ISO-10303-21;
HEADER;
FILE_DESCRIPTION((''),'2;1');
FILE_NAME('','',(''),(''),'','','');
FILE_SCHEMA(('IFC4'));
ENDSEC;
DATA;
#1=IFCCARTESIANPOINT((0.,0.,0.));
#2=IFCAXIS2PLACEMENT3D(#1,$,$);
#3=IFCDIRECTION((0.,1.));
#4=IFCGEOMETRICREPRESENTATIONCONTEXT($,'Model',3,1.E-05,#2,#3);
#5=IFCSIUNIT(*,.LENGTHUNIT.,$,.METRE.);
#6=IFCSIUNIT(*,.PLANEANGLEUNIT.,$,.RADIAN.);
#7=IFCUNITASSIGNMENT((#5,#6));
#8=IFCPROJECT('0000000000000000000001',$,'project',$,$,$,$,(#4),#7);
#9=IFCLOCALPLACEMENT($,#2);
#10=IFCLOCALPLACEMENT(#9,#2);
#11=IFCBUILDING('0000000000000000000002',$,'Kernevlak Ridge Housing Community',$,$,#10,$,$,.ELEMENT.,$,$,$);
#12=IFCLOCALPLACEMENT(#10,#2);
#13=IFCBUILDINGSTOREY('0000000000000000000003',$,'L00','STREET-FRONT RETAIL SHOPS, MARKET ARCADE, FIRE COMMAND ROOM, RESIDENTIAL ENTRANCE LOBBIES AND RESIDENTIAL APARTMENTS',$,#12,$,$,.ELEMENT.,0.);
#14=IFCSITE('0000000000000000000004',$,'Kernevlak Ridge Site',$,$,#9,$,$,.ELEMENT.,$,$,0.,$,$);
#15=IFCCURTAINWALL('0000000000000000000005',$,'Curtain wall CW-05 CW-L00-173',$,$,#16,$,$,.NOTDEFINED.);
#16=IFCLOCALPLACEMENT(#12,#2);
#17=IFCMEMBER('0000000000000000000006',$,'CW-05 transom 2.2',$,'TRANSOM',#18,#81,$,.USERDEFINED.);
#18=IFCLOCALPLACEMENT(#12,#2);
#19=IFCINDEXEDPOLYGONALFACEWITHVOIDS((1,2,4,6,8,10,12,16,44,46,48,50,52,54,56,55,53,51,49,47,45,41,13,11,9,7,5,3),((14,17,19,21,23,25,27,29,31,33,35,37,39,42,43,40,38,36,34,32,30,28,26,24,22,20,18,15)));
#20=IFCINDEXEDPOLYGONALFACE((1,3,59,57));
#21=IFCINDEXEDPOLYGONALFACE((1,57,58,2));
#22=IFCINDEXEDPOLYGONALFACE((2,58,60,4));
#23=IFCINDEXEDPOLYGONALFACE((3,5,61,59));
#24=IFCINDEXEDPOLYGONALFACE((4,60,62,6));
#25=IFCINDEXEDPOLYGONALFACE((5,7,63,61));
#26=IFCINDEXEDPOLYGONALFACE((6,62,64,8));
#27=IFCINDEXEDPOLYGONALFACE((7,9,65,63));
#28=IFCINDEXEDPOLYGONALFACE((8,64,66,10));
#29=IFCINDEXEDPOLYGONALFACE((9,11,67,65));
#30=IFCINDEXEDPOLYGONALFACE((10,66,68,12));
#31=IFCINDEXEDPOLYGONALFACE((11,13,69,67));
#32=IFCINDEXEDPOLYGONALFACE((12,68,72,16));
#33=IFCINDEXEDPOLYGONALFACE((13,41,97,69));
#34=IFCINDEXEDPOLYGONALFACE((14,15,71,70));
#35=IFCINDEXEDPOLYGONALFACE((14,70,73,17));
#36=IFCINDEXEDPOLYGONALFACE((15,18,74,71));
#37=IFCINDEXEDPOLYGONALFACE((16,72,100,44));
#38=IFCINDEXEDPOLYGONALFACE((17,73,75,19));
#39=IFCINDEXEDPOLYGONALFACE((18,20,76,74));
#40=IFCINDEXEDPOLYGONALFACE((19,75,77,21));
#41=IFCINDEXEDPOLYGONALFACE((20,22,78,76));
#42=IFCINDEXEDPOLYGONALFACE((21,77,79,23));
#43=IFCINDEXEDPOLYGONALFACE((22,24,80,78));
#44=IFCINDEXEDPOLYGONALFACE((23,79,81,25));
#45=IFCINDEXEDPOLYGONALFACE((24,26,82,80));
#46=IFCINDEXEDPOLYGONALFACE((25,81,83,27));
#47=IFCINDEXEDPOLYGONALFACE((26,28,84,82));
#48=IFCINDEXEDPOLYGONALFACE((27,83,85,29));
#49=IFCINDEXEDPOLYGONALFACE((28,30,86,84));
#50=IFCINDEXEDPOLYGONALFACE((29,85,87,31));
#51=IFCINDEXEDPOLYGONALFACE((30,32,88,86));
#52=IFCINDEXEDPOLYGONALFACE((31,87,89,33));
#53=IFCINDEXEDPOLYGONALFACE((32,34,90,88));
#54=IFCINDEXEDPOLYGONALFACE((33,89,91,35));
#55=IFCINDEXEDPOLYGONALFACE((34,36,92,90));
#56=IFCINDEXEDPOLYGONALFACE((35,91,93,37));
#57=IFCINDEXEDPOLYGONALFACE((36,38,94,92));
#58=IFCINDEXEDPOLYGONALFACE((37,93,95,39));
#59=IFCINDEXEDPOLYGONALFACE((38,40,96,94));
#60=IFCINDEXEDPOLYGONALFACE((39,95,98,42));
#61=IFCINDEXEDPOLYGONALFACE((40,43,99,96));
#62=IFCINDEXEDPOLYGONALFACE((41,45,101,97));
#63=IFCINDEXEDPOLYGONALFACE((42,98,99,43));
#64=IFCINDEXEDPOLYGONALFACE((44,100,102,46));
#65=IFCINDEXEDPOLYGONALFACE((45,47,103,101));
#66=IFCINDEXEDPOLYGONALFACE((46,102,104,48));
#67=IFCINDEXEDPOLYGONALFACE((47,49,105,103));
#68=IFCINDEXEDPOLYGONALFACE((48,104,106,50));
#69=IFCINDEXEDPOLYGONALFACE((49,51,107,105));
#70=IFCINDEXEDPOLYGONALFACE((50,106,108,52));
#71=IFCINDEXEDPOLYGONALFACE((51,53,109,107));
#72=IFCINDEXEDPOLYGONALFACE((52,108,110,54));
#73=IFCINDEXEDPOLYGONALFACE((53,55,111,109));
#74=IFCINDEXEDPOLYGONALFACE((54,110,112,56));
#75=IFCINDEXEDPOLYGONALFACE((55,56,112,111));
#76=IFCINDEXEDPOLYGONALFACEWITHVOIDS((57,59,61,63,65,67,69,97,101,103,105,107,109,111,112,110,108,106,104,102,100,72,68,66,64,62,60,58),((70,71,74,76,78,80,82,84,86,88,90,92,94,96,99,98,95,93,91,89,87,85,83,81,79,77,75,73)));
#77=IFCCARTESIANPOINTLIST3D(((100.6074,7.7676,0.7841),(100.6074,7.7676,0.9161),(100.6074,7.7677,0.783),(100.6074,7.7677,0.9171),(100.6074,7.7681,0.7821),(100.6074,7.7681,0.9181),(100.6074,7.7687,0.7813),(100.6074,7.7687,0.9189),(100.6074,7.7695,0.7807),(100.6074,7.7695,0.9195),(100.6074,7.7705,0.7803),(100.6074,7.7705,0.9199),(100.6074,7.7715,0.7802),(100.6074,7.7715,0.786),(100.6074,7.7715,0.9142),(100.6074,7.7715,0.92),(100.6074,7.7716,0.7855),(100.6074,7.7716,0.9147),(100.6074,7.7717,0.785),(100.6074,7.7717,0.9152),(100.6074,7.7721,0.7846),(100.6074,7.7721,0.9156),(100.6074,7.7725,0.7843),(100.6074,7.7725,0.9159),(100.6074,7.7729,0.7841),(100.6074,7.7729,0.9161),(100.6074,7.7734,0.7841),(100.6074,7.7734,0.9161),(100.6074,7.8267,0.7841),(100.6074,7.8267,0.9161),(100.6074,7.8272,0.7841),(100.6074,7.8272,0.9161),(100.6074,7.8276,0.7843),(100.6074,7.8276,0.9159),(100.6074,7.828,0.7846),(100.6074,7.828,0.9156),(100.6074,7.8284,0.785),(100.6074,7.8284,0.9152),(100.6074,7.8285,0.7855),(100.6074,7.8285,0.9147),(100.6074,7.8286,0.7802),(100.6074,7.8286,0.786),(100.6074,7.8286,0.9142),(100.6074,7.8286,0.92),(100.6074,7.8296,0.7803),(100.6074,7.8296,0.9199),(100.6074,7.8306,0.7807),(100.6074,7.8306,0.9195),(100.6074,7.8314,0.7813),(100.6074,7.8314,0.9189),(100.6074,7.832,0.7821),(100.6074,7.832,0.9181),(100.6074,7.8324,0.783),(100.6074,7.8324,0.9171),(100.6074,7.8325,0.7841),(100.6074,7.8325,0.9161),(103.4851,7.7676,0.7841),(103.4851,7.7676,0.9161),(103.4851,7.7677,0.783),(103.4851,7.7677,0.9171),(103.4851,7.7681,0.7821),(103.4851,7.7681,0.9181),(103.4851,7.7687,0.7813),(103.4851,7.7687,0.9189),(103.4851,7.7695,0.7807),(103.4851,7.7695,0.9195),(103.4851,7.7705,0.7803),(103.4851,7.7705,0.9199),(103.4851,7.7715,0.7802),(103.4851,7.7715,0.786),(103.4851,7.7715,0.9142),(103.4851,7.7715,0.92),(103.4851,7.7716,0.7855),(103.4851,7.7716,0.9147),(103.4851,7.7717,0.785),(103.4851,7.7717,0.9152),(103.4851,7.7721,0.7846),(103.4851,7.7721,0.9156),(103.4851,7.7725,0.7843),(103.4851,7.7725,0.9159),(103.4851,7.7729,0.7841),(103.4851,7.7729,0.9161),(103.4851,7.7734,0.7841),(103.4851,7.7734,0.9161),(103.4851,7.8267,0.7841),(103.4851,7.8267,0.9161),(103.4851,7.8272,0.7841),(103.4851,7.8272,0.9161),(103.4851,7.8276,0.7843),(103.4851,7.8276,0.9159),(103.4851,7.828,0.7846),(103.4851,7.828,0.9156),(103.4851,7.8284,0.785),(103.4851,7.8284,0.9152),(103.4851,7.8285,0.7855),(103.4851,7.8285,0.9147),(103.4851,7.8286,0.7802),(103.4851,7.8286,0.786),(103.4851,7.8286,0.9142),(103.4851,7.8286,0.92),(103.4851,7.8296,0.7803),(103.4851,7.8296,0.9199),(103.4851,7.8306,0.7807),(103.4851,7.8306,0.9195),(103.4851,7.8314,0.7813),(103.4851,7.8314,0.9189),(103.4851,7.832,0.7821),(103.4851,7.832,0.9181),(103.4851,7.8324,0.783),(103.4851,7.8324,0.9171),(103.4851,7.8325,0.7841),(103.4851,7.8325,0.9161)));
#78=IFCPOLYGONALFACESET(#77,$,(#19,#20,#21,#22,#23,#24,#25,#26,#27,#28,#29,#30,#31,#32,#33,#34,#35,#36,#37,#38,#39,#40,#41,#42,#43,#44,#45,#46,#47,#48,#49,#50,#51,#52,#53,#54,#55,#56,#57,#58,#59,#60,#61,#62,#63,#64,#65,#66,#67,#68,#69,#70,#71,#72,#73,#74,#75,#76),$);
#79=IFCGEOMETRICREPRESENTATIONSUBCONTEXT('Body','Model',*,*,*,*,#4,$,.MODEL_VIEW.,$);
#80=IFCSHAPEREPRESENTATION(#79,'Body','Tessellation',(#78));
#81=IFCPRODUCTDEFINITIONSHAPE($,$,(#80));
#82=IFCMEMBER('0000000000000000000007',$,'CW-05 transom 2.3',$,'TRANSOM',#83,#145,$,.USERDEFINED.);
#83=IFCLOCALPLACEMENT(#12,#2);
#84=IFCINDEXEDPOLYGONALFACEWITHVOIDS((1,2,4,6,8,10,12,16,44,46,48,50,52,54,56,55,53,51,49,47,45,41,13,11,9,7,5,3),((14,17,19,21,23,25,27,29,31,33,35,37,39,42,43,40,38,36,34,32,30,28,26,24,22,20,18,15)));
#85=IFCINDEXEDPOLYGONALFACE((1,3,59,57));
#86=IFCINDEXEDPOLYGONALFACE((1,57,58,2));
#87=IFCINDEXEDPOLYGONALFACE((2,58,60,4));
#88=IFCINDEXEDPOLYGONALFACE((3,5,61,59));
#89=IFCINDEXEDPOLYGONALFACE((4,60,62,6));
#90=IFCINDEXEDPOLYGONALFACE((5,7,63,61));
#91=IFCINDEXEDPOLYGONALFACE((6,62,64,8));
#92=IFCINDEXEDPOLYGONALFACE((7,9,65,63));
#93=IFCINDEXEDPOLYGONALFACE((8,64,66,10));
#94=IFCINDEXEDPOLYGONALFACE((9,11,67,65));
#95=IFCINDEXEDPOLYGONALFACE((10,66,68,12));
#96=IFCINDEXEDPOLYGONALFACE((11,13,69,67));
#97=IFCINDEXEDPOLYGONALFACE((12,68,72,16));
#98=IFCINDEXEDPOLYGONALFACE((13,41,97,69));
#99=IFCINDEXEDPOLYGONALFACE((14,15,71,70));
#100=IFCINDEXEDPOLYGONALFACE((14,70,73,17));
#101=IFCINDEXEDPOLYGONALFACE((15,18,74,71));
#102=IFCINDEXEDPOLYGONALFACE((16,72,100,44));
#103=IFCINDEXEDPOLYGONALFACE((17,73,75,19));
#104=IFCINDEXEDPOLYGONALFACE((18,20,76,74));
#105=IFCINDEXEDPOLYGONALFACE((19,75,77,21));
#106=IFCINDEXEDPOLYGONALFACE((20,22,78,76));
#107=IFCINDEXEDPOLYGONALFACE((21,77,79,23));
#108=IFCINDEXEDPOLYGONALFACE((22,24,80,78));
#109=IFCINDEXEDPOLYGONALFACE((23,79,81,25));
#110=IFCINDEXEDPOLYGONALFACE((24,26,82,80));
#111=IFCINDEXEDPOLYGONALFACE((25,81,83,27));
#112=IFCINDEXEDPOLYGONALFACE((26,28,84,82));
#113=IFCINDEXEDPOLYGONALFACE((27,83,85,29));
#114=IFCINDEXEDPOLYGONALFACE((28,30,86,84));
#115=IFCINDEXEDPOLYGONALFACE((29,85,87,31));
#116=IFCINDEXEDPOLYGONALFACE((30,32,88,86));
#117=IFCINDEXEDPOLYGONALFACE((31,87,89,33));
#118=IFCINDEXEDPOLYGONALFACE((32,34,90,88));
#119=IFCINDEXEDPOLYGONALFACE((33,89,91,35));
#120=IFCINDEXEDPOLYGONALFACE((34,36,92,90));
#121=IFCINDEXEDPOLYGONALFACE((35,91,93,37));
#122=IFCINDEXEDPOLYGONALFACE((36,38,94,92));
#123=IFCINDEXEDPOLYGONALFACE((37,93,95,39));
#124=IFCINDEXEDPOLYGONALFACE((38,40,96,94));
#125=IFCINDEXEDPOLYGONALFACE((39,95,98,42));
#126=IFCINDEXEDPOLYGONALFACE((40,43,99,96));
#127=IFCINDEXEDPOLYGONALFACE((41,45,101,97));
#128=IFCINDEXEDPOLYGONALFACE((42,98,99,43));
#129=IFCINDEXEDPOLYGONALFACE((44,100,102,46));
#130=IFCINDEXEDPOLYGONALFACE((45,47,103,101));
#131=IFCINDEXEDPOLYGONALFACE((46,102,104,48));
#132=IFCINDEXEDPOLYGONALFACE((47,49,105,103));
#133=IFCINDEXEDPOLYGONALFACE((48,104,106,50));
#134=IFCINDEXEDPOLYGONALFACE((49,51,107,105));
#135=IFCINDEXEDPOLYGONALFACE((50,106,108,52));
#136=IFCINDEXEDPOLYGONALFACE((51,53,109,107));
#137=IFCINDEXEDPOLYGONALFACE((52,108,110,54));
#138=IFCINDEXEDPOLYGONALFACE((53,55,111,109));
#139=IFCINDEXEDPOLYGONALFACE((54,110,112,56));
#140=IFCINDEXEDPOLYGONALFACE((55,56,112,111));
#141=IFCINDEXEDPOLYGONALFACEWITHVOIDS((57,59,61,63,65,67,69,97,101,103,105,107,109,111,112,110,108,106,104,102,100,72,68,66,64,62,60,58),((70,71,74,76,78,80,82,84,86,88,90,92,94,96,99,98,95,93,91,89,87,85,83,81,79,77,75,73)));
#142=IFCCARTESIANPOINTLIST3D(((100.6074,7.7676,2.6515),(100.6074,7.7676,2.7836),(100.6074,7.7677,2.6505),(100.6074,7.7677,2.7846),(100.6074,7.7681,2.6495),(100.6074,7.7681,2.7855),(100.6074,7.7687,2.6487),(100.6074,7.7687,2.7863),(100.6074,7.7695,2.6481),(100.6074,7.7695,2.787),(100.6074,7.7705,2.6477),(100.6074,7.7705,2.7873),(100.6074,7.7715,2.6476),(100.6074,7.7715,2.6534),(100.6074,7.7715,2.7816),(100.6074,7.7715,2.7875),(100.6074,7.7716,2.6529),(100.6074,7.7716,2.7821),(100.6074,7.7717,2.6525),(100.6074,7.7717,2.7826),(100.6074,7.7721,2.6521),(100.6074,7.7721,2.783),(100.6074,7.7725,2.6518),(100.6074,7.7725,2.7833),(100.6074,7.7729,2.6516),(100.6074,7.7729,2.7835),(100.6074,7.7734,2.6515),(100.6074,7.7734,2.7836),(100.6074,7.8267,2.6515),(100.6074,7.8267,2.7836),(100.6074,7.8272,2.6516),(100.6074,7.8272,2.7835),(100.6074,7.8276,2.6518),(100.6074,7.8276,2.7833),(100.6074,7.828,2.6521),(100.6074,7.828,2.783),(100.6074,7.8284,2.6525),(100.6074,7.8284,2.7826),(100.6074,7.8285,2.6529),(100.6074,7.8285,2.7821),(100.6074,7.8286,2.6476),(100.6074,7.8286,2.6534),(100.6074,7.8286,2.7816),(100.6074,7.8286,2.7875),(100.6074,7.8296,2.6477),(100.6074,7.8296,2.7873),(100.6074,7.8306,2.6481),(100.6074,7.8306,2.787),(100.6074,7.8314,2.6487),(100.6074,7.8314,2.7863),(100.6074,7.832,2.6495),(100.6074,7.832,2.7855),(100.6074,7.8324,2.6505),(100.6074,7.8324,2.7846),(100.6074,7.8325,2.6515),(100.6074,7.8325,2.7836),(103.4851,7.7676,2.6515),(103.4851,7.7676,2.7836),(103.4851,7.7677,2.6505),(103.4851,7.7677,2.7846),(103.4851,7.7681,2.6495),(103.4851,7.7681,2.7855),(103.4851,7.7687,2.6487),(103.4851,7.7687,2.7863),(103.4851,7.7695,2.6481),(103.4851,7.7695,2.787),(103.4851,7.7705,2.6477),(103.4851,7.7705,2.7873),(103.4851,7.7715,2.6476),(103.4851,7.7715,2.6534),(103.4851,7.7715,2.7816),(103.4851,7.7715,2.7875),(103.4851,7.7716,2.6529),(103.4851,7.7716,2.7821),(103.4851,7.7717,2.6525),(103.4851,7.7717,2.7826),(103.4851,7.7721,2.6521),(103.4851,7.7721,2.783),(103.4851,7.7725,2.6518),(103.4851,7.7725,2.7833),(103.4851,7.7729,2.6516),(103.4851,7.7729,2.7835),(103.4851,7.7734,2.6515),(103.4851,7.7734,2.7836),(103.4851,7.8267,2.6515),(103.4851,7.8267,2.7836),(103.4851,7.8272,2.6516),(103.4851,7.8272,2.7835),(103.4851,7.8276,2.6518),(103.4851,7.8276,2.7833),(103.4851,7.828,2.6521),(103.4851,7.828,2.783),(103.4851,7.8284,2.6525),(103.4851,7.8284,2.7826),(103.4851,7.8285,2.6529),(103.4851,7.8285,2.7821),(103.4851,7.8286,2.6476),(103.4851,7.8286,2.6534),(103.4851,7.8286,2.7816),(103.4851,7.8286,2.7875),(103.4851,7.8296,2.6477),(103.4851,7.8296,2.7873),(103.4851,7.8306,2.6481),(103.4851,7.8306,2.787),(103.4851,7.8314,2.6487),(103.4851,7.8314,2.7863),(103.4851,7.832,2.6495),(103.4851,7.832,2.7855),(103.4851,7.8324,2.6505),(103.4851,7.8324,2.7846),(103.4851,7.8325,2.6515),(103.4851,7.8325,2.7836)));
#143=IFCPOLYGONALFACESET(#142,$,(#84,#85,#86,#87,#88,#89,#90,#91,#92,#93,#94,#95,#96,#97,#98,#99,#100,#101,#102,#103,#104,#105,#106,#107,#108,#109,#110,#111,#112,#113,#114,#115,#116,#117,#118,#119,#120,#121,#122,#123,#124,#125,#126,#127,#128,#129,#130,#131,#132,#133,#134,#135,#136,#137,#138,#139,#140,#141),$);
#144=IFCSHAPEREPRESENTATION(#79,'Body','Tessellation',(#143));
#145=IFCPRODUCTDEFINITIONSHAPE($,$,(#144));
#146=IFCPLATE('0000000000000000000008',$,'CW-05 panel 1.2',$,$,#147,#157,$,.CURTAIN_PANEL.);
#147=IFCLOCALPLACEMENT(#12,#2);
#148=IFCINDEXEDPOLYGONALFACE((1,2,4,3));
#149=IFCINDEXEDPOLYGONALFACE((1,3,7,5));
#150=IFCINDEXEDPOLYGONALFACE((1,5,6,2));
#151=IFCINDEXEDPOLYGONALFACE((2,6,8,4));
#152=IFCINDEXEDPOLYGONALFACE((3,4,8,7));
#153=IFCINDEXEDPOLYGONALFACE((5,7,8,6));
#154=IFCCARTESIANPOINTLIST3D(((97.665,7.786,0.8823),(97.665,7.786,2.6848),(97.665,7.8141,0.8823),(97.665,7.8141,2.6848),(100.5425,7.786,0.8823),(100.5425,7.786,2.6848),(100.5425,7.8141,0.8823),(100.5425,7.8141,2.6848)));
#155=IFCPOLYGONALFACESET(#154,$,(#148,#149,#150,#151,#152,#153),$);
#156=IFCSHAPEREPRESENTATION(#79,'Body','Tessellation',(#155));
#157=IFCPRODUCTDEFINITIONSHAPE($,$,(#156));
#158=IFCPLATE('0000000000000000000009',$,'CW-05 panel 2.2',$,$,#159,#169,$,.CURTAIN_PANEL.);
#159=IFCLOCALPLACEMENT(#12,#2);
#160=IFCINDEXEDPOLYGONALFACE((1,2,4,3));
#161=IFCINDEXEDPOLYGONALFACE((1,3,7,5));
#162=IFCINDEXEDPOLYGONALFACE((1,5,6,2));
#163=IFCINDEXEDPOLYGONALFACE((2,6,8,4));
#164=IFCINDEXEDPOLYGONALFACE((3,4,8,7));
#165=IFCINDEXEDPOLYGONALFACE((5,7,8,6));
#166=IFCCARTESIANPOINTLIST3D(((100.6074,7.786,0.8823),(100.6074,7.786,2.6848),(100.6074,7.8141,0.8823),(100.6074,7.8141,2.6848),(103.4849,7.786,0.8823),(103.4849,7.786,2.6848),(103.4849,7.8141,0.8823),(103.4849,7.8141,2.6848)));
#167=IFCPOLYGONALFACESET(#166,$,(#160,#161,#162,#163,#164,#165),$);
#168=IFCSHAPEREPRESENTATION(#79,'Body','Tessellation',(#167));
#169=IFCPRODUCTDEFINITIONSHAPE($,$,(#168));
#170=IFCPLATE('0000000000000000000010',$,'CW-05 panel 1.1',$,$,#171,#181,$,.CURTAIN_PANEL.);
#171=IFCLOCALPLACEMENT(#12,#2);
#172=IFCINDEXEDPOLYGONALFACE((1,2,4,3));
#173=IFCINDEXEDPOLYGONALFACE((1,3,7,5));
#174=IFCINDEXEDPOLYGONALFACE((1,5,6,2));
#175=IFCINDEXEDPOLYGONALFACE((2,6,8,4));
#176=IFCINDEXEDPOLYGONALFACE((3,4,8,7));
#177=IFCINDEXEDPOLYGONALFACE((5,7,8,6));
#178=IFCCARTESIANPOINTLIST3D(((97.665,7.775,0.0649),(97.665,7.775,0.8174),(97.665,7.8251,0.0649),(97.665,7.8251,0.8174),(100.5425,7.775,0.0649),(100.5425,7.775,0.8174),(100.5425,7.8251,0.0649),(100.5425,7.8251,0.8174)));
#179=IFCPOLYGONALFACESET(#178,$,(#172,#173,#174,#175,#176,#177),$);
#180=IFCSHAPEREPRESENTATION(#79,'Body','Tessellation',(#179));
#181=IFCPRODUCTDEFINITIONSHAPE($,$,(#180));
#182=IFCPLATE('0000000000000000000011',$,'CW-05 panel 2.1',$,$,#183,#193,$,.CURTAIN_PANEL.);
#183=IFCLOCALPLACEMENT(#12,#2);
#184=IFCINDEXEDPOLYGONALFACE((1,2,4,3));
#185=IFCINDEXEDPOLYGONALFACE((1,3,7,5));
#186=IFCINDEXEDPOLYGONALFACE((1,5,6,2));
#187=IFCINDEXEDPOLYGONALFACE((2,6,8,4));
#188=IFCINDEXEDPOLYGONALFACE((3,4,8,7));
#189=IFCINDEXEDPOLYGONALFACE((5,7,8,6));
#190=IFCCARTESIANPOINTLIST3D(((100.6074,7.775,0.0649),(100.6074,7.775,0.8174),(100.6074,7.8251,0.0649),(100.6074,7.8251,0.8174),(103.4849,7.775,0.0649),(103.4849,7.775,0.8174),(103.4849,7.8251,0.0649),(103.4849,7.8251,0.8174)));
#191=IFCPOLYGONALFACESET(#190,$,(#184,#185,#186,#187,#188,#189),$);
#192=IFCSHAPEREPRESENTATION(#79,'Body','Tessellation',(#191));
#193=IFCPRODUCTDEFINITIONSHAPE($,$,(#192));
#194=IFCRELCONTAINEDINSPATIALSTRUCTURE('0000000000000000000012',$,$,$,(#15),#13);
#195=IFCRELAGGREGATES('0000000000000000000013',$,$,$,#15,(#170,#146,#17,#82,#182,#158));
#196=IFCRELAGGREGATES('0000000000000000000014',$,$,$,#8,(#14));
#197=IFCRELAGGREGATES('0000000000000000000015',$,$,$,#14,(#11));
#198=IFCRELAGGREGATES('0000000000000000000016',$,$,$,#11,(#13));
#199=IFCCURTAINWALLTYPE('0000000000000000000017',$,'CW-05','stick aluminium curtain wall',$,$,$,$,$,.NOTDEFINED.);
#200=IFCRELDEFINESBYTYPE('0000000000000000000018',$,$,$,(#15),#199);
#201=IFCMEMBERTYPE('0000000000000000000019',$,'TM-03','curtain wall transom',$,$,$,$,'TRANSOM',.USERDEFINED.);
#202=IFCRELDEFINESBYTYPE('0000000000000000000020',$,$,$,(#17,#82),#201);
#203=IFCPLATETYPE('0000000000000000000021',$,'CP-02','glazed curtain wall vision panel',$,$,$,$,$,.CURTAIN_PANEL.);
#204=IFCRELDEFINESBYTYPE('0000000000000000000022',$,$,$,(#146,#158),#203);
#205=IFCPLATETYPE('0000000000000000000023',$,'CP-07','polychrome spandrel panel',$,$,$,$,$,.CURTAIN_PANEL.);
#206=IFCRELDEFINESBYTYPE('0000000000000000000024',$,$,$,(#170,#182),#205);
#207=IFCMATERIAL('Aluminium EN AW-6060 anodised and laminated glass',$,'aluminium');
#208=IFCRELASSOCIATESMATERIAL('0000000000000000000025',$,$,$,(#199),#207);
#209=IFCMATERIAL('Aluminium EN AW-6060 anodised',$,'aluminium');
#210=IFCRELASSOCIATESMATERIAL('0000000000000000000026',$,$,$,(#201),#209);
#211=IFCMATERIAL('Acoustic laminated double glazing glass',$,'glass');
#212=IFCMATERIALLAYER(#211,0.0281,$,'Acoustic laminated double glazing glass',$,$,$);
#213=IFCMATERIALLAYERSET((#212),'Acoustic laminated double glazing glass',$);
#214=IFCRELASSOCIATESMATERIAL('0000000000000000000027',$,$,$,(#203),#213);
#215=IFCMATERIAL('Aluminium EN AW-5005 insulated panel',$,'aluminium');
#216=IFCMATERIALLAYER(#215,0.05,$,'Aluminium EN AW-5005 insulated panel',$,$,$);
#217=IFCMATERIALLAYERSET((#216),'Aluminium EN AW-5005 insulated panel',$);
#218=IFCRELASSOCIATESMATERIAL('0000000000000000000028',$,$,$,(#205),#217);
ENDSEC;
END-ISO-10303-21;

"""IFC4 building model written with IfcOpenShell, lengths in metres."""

from ifc_helpers import new_model, si_unit, direction, frame, origin, origin_2d, place, context, subcontext, project, spatial, rectangle, hollow_rectangle, extrude, material, layer, layer_set, material_profile, profile_set, type_object, element, aggregate, save


model = new_model("IFC4")

# Units and contexts
model_context = context("Model", 3, precision=1e-05, world=origin(), true_north=direction((0.0, 1.0)))
body_context = subcontext(model_context, "Body", "Model", "MODEL_VIEW")
ifc_project = project(units=[si_unit("LENGTHUNIT", "METRE"), si_unit("PLANEANGLEUNIT", "RADIAN")], contexts=[model_context])

# Site, building, storey
site_placement = place(None, origin())
site = spatial("IfcSite", under=ifc_project, at=site_placement, Name="Kernevlak Ridge Site", CompositionType="ELEMENT", RefElevation=0.0)
building_placement = place(site_placement, origin())
building = spatial("IfcBuilding", under=site, at=building_placement, Name="Kernevlak Ridge Housing Community", CompositionType="ELEMENT")
storey_placement = place(building_placement, origin())
storey = spatial("IfcBuildingStorey", under=building, at=storey_placement, Name="L00", Description="STREET-FRONT RETAIL SHOPS, MARKET ARCADE, FIRE COMMAND ROOM, RESIDENTIAL ENTRANCE LOBBIES AND RESIDENTIAL APARTMENTS", CompositionType="ELEMENT", Elevation=0.0)

# Curtain wall
ifc_material_1 = material(Name="Aluminium EN AW-6060 anodised and laminated glass", Category="aluminium")
curtain_wall_type = type_object("IfcCurtainWallType", Name="CW-05", Description="stick aluminium curtain wall", PredefinedType="NOTDEFINED", material=ifc_material_1)
curtain_wall_placement = place(storey_placement, origin())
curtain_wall = element("IfcCurtainWall", 1, at=curtain_wall_placement, inside=storey, type_object=curtain_wall_type, Name="Curtain wall CW-05 CW-L00-173", PredefinedType="NOTDEFINED")
ifc_material_2 = material(Name="Aluminium EN AW-6060 anodised", Category="aluminium")

# Members
ifc_material_profile_1 = material_profile(ifc_material_2, hollow_rectangle(XDim=0.0649, YDim=0.1399, WallThickness=0.0039, InnerFilletRadius=0.002, OuterFilletRadius=0.0039, at=origin_2d()), Name="ALU 65x140x4")
ifc_profile_set_1 = profile_set([ifc_material_profile_1], Name="Aluminium EN AW-6060 anodised")
member_type_1 = type_object("IfcMemberType", Name="TM-03", Description="curtain wall transom", ElementType="TRANSOM", PredefinedType="USERDEFINED", material=ifc_profile_set_1)
member_1_placement = place(storey_placement, frame((100.6074, 7.8, 0.8501), z_axis=(1.0, 0.0, 0.0), x_axis=(0.0, 1.0, 0.0)))
member_1 = element("IfcMember", 2, at=member_1_placement, type_object=member_type_1, Name="CW-05 transom 2.2", ObjectType="TRANSOM", PredefinedType="USERDEFINED", context=body_context, shape_type="SweptSolid", body=[
    extrude(hollow_rectangle(XDim=0.0649, YDim=0.1399, WallThickness=0.0039, InnerFilletRadius=0.002, OuterFilletRadius=0.0039, at=origin_2d()), origin(), (0.0, 0.0, 1.0), 2.8777),
])
member_2_placement = place(storey_placement, frame((100.6074, 7.8, 2.7175), z_axis=(1.0, 0.0, 0.0), x_axis=(0.0, 1.0, 0.0)))
member_2 = element("IfcMember", 3, at=member_2_placement, type_object=member_type_1, Name="CW-05 transom 2.3", ObjectType="TRANSOM", PredefinedType="USERDEFINED", context=body_context, shape_type="SweptSolid", body=[
    extrude(hollow_rectangle(XDim=0.0649, YDim=0.1399, WallThickness=0.0039, InnerFilletRadius=0.002, OuterFilletRadius=0.0039, at=origin_2d()), origin(), (0.0, 0.0, 1.0), 2.8777),
])

# Plates
ifc_material_3 = material(Name="Acoustic laminated double glazing glass", Category="glass")
ifc_layer_1 = layer(ifc_material_3, 0.0281, Name="Acoustic laminated double glazing glass")
ifc_layer_set_1 = layer_set([ifc_layer_1], Name="Acoustic laminated double glazing glass")
plate_type_1 = type_object("IfcPlateType", Name="CP-02", Description="glazed curtain wall vision panel", PredefinedType="CURTAIN_PANEL", material=ifc_layer_set_1)
plate_1_placement = place(storey_placement, frame((99.1038, 7.8, 0.8823), z_axis=(0.0, 0.0, 1.0), x_axis=(1.0, 0.0, 0.0)))
plate_1 = element("IfcPlate", 4, at=plate_1_placement, type_object=plate_type_1, Name="CW-05 panel 1.2", PredefinedType="CURTAIN_PANEL", context=body_context, shape_type="SweptSolid", body=[
    extrude(rectangle(XDim=2.8774, YDim=0.0281, at=origin_2d()), origin(), (0.0, 0.0, 1.0), 1.8025),
])
plate_2_placement = place(storey_placement, frame((102.0461, 7.8, 0.8823), z_axis=(0.0, 0.0, 1.0), x_axis=(1.0, 0.0, 0.0)))
plate_2 = element("IfcPlate", 5, at=plate_2_placement, type_object=plate_type_1, Name="CW-05 panel 2.2", PredefinedType="CURTAIN_PANEL", context=body_context, shape_type="SweptSolid", body=[
    extrude(rectangle(XDim=2.8774, YDim=0.0281, at=origin_2d()), origin(), (0.0, 0.0, 1.0), 1.8025),
])
ifc_material_4 = material(Name="Aluminium EN AW-5005 insulated panel", Category="aluminium")
ifc_layer_2 = layer(ifc_material_4, 0.05, Name="Aluminium EN AW-5005 insulated panel")
ifc_layer_set_2 = layer_set([ifc_layer_2], Name="Aluminium EN AW-5005 insulated panel")
plate_type_2 = type_object("IfcPlateType", Name="CP-07", Description="polychrome spandrel panel", PredefinedType="CURTAIN_PANEL", material=ifc_layer_set_2)
plate_3_placement = place(storey_placement, frame((99.1038, 7.8, 0.0649), z_axis=(0.0, 0.0, 1.0), x_axis=(1.0, 0.0, 0.0)))
plate_3 = element("IfcPlate", 6, at=plate_3_placement, type_object=plate_type_2, Name="CW-05 panel 1.1", PredefinedType="CURTAIN_PANEL", context=body_context, shape_type="SweptSolid", body=[
    extrude(rectangle(XDim=2.8774, YDim=0.05, at=origin_2d()), origin(), (0.0, 0.0, 1.0), 0.7524),
])
plate_4_placement = place(storey_placement, frame((102.0461, 7.8, 0.0649), z_axis=(0.0, 0.0, 1.0), x_axis=(1.0, 0.0, 0.0)))
plate_4 = element("IfcPlate", 7, at=plate_4_placement, type_object=plate_type_2, Name="CW-05 panel 2.1", PredefinedType="CURTAIN_PANEL", context=body_context, shape_type="SweptSolid", body=[
    extrude(rectangle(XDim=2.8774, YDim=0.05, at=origin_2d()), origin(), (0.0, 0.0, 1.0), 0.7524),
])
aggregate(curtain_wall, [plate_3, plate_1, member_1, member_2, plate_4, plate_2])

save(model, "model.ifc")
